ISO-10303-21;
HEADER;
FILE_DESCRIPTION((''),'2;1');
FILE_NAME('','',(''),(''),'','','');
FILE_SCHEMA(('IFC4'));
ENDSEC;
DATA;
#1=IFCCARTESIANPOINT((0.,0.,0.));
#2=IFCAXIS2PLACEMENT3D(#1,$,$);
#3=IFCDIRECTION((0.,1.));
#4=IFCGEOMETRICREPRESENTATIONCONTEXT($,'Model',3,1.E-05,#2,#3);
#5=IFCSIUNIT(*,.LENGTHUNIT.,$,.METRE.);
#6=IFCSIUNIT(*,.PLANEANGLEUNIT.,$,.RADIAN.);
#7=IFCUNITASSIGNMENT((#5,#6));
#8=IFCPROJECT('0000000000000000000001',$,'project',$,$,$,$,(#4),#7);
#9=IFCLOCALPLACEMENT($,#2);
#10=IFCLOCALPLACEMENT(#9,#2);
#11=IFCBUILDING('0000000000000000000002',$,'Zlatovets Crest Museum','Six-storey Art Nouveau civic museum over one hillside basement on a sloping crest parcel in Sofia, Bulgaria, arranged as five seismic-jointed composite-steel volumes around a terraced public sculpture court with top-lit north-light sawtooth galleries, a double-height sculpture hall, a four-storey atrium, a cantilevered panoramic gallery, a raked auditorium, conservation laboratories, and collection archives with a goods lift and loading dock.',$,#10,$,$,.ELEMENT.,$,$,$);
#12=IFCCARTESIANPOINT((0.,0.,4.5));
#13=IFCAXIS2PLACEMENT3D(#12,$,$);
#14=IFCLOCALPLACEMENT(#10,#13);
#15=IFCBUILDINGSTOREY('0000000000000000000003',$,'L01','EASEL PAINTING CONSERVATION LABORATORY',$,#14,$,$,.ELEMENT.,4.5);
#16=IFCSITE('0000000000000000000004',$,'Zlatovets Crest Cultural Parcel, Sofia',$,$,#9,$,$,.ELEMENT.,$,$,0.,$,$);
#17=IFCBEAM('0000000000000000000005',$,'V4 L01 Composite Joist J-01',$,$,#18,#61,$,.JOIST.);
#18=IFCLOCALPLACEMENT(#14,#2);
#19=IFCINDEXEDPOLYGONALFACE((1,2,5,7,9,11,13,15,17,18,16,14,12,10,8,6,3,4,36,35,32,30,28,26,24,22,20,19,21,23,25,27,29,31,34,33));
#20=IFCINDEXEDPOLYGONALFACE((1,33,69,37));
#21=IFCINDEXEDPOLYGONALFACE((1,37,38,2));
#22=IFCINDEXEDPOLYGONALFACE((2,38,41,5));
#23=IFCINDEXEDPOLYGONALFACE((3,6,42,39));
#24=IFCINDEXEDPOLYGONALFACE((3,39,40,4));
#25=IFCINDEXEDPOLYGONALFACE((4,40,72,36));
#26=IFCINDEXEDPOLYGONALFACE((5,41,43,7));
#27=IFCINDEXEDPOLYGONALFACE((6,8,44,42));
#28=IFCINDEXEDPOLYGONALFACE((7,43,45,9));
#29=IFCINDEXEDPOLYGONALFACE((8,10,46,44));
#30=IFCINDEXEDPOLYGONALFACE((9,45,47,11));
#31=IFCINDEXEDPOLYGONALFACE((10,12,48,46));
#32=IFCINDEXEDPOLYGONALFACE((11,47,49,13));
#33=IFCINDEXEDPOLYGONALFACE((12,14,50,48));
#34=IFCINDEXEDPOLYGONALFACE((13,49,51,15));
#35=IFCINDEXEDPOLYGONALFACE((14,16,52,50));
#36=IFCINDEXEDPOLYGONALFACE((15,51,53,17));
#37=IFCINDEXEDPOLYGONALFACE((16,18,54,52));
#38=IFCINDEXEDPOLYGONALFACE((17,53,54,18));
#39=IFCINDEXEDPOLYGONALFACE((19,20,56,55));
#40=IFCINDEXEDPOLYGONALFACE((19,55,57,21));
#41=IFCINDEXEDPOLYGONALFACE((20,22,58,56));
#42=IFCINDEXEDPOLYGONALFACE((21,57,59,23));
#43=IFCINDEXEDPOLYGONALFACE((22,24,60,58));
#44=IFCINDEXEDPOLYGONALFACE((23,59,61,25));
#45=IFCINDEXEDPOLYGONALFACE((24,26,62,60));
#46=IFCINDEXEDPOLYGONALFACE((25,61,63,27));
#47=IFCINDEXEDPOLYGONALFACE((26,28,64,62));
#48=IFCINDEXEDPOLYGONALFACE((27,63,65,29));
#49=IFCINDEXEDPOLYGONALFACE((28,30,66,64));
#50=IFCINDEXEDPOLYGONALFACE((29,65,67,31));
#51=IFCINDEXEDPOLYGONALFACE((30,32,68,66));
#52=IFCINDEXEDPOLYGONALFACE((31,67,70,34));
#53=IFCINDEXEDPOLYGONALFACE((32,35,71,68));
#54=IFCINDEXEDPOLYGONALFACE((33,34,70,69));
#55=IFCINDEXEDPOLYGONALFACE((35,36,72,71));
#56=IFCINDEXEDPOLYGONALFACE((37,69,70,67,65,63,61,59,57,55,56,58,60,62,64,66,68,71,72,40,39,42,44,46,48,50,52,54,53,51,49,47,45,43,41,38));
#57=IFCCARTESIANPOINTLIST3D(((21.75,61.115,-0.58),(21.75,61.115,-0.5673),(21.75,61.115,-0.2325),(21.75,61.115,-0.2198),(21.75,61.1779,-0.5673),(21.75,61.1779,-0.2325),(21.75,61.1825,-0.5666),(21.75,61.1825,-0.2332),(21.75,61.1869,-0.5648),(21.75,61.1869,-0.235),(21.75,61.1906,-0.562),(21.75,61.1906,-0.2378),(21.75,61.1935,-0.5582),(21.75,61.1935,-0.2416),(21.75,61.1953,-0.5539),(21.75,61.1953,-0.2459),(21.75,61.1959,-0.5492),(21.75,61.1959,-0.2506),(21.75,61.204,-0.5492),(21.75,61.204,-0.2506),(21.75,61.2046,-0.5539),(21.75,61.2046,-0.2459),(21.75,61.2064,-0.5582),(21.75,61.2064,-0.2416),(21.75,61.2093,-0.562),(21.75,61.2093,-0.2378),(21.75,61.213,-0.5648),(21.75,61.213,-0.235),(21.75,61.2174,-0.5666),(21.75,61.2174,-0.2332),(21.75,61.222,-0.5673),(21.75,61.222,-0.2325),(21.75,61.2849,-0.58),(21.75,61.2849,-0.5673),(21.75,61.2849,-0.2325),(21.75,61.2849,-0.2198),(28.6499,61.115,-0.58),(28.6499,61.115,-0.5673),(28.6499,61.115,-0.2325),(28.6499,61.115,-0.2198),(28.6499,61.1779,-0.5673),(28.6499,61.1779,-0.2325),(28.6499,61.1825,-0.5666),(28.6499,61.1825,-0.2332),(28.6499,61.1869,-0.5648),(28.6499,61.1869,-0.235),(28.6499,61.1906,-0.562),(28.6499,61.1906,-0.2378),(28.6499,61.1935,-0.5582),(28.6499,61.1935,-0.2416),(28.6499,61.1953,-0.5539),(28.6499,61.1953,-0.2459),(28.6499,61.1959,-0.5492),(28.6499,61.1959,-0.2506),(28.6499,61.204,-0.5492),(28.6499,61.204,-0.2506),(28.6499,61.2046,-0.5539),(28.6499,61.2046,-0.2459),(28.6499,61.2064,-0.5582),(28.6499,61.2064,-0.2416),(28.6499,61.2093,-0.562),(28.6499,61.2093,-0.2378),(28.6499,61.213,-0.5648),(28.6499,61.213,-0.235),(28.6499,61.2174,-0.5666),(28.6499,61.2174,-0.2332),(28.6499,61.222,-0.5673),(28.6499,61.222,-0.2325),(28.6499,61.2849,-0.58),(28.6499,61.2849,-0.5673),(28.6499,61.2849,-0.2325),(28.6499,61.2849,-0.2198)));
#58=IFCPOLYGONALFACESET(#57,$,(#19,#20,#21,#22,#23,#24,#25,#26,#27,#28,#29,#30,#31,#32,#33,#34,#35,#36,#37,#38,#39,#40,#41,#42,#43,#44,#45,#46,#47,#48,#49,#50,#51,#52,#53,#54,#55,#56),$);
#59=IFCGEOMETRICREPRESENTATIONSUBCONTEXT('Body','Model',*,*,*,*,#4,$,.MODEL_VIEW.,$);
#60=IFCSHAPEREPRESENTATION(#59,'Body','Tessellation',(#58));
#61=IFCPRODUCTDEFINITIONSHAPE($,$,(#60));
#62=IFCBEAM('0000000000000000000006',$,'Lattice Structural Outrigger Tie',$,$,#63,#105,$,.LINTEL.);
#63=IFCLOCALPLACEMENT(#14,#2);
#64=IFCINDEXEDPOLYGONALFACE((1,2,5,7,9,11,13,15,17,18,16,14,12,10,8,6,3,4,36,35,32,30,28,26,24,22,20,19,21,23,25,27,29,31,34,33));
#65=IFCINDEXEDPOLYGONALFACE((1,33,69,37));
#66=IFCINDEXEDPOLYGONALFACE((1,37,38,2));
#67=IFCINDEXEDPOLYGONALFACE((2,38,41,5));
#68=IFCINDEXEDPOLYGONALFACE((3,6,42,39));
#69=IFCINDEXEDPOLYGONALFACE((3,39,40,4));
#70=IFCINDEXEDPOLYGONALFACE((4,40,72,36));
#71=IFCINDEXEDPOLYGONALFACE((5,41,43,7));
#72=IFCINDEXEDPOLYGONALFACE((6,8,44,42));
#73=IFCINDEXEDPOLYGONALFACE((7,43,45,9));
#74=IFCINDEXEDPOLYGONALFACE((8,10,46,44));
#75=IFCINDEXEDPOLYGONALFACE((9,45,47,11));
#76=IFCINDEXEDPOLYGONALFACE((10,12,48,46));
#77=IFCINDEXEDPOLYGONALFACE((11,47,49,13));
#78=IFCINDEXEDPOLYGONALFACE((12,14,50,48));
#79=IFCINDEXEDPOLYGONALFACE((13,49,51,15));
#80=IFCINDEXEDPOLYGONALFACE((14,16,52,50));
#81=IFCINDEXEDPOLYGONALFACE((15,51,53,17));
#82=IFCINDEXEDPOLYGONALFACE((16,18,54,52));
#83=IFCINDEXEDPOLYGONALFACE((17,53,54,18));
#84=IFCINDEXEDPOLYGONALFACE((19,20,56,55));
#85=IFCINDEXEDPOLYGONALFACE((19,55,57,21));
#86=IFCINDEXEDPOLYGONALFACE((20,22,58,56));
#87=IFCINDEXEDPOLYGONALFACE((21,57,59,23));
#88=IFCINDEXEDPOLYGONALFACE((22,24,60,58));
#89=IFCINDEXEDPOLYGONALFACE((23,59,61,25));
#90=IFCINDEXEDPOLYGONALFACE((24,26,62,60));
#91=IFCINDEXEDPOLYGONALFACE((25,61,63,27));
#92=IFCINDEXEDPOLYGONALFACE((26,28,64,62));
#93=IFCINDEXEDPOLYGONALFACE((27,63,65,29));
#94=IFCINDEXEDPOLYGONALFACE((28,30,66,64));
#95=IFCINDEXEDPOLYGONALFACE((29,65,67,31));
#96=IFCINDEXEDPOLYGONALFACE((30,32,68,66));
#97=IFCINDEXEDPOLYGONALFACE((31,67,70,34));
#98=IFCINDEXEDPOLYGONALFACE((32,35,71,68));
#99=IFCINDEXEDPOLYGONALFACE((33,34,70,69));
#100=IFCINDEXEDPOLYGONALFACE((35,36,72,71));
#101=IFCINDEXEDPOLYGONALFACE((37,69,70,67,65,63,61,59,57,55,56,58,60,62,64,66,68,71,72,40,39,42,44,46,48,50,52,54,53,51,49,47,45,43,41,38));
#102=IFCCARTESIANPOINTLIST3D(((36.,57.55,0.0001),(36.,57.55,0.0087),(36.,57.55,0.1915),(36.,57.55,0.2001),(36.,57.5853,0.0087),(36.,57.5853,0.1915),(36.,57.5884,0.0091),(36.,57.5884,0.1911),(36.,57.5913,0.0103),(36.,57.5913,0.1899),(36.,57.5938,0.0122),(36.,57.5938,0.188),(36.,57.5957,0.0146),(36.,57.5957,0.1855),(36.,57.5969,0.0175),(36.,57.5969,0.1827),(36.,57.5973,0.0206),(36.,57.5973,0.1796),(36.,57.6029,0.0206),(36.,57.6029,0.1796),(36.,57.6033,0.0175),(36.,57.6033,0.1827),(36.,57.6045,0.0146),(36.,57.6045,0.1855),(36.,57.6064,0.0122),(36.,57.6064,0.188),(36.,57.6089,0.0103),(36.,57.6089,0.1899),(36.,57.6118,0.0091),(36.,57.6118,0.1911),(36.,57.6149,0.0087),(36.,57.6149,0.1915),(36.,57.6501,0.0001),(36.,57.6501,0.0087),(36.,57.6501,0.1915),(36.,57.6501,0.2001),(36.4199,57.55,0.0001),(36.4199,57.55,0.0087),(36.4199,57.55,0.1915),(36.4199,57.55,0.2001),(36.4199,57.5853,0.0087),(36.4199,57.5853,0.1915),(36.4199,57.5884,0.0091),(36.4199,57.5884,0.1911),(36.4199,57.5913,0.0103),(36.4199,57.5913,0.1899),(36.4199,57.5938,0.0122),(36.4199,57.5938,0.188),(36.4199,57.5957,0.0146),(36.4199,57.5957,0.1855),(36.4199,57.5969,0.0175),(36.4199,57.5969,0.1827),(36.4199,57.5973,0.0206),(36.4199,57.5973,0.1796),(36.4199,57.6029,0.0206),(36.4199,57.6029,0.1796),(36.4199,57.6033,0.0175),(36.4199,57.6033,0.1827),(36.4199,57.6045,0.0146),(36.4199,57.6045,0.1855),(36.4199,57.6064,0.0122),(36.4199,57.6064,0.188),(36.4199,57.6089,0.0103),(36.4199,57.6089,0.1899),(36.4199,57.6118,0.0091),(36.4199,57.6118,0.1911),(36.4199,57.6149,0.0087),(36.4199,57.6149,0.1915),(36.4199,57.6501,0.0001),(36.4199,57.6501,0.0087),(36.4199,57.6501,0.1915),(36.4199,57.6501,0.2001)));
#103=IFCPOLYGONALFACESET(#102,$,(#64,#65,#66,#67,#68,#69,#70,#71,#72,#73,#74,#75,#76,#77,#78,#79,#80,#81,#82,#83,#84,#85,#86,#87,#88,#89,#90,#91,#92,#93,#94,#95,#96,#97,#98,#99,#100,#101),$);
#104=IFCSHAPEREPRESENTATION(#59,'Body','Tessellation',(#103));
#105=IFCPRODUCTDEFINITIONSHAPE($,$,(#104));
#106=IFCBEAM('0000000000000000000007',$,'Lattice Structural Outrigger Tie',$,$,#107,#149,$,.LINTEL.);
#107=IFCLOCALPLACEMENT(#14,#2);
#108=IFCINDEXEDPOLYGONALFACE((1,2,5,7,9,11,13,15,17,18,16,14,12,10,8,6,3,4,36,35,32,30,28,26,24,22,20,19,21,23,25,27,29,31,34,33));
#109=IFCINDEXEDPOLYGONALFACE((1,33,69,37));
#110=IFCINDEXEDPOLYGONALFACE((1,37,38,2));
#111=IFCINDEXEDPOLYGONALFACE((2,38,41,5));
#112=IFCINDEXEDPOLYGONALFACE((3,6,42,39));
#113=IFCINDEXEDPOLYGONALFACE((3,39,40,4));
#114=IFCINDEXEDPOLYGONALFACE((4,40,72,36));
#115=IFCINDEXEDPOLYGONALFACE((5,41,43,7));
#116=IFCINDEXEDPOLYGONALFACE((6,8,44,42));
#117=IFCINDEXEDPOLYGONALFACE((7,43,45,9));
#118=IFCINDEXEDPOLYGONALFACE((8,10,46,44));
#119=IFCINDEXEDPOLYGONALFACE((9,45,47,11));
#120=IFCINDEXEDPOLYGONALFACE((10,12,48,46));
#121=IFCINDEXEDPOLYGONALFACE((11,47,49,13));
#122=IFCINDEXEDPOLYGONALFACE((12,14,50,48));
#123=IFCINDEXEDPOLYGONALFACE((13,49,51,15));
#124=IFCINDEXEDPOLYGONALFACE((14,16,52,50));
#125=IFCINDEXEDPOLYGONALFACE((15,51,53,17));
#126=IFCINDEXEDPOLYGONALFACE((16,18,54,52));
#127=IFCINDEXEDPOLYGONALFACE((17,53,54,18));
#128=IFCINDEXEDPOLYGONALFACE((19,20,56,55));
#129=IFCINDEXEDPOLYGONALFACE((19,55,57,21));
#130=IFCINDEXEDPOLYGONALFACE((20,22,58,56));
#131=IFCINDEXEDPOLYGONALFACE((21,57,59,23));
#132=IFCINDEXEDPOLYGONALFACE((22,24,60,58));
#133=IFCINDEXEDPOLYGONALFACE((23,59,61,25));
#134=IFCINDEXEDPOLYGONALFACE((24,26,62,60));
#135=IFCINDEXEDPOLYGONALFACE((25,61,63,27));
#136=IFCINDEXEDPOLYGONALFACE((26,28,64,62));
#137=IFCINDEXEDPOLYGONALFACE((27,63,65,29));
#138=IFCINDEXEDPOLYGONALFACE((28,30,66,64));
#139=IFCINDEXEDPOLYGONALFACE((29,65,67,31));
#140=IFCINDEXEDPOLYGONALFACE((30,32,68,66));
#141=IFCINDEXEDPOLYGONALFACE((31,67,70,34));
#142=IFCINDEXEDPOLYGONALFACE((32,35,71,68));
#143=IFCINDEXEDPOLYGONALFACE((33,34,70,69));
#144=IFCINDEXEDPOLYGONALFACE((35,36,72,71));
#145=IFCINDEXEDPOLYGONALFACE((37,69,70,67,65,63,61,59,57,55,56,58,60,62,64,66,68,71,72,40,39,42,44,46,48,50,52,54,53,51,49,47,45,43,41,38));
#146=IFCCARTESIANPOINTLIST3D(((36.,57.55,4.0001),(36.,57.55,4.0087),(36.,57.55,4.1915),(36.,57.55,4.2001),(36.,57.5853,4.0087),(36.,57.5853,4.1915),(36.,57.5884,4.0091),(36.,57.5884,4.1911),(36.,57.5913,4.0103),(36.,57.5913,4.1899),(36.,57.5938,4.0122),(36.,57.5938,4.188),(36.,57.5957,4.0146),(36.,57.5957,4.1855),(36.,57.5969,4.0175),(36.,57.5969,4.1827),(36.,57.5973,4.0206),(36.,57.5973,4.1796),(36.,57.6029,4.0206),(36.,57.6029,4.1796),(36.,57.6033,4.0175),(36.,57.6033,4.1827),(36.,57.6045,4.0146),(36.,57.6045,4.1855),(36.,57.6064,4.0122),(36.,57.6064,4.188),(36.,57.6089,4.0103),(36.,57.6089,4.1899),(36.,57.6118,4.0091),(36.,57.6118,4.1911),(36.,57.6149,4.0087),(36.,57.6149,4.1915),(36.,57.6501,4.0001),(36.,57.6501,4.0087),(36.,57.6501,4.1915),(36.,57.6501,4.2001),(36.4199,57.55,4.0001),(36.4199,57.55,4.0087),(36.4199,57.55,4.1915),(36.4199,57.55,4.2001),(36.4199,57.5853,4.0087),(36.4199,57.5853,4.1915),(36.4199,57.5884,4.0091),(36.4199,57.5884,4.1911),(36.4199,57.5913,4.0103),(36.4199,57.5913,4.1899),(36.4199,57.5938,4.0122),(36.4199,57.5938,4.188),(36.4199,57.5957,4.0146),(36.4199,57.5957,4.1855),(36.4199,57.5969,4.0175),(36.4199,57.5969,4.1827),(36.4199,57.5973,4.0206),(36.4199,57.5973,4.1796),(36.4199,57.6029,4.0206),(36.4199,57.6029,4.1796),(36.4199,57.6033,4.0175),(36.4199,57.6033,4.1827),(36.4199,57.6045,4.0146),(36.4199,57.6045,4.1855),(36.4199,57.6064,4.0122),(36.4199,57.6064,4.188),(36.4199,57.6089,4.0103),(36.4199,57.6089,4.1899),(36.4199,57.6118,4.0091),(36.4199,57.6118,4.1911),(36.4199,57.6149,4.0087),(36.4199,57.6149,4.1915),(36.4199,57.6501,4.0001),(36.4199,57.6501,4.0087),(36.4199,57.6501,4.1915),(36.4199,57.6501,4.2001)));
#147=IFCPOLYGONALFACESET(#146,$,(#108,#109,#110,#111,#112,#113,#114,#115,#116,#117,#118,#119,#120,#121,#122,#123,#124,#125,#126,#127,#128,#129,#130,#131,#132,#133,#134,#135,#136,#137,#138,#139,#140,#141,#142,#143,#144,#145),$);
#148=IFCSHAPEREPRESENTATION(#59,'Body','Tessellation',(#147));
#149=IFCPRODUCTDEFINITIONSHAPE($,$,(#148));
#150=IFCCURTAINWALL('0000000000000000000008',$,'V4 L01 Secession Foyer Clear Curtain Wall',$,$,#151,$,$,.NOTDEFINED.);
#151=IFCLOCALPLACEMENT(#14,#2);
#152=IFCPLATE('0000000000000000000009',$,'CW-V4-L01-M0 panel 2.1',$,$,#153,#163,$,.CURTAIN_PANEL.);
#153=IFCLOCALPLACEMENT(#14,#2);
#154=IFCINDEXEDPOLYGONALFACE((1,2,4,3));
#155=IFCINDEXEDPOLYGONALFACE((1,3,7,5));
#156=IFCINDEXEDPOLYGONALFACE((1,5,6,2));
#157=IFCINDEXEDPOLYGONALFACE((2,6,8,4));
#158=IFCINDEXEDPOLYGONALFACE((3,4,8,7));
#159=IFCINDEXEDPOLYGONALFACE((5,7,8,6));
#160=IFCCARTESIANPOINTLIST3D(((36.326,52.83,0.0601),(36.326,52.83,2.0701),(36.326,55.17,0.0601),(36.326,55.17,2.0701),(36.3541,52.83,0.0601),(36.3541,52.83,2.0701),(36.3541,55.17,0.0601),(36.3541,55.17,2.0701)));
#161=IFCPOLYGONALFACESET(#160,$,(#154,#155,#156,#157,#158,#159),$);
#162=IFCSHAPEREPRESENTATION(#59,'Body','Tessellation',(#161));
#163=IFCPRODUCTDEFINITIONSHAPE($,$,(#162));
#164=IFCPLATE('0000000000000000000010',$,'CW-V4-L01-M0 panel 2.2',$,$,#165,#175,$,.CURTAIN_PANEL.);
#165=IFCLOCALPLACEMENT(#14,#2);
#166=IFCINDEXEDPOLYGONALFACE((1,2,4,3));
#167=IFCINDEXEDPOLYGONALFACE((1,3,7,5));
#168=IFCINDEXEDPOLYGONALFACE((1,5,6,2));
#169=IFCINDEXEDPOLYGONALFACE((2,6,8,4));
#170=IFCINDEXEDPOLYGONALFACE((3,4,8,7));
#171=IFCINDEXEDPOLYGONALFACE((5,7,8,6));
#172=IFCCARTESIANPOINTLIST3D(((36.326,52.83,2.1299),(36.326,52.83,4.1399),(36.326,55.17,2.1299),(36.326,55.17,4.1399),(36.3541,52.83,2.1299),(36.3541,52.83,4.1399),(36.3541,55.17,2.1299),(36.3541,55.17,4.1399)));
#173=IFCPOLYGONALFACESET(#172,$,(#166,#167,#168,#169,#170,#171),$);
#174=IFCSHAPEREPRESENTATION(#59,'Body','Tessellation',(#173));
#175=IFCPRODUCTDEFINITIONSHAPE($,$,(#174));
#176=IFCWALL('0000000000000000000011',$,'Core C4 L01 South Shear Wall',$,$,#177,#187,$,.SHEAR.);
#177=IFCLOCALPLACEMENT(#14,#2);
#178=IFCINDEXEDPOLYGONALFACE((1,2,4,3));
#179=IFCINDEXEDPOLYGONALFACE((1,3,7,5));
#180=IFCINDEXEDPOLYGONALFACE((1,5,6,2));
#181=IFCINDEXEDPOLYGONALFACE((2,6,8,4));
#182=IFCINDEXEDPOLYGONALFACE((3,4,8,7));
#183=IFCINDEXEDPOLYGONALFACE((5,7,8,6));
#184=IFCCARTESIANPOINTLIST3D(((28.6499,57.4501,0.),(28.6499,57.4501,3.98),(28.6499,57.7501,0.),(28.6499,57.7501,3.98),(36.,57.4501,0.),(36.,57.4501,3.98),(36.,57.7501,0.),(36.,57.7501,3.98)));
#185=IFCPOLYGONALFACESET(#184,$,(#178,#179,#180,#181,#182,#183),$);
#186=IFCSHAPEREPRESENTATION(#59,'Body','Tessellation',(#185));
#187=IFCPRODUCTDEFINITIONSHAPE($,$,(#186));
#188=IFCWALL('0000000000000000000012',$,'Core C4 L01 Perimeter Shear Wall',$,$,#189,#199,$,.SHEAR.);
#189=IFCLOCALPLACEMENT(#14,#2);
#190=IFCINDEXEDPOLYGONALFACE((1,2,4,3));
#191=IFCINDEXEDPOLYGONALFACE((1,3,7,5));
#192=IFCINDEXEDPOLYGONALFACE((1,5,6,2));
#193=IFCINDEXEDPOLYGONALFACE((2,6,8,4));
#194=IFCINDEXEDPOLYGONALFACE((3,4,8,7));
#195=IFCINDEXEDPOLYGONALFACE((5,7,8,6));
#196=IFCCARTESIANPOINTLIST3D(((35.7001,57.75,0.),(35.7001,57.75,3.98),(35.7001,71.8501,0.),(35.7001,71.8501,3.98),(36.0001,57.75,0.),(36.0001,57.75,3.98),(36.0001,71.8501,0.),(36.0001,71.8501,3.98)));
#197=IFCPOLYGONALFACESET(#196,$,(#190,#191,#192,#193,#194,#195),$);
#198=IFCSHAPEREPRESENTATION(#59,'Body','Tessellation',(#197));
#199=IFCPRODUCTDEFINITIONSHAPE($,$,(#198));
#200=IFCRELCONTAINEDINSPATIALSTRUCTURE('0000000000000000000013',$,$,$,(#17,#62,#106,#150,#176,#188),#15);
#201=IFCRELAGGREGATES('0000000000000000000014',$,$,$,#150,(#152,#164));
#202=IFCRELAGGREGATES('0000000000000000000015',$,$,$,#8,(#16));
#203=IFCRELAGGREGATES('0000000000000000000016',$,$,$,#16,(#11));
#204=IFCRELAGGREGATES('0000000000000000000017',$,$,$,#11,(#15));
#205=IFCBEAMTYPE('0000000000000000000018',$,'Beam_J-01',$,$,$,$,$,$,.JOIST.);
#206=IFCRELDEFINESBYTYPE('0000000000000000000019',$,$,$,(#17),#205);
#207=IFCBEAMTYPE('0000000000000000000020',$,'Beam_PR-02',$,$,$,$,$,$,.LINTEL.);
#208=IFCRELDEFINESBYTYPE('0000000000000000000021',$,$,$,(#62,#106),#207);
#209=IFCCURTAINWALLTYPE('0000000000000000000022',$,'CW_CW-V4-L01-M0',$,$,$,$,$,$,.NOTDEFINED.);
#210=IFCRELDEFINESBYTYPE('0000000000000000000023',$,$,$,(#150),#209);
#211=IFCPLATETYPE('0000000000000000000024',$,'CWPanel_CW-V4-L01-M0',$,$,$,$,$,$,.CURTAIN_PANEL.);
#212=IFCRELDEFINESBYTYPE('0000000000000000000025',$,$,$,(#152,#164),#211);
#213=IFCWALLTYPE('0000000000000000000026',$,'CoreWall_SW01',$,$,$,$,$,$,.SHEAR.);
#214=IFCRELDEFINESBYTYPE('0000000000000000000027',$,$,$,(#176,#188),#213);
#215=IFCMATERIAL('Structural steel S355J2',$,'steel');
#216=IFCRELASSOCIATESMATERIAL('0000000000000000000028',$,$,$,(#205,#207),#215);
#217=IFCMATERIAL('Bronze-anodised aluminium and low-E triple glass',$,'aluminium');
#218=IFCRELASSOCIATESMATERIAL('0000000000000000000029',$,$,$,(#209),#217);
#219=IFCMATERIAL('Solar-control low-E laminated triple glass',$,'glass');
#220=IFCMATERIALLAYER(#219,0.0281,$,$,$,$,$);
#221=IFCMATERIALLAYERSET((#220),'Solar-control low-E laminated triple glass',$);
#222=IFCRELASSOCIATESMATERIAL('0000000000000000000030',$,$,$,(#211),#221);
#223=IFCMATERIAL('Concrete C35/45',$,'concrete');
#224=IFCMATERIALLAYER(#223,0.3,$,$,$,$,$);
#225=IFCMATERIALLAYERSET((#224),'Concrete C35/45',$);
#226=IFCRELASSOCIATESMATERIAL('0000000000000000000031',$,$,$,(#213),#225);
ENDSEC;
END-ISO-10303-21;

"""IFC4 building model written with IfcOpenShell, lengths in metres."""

from ifc_helpers import new_model, si_unit, direction, frame, frame_2d, origin, origin_2d, place, context, subcontext, project, spatial, rectangle, i_section, extrude, material, layer, layer_set, material_profile, profile_set, type_object, element, aggregate, save


model = new_model("IFC4")

# Units and contexts
model_context = context("Model", 3, precision=1e-05, world=origin(), true_north=direction((0.0, 1.0)))
body_context = subcontext(model_context, "Body", "Model", "MODEL_VIEW")
ifc_project = project(units=[si_unit("LENGTHUNIT", "METRE"), si_unit("PLANEANGLEUNIT", "RADIAN")], contexts=[model_context])

# Site, building, storey
site_placement = place(None, origin())
site = spatial("IfcSite", under=ifc_project, at=site_placement, Name="Zlatovets Crest Cultural Parcel, Sofia", CompositionType="ELEMENT", RefElevation=0.0)
building_placement = place(site_placement, origin())
building = spatial("IfcBuilding", under=site, at=building_placement, Name="Zlatovets Crest Museum", Description="Six-storey Art Nouveau civic museum over one hillside basement on a sloping crest parcel in Sofia, Bulgaria, arranged as five seismic-jointed composite-steel volumes around a terraced public sculpture court with top-lit north-light sawtooth galleries, a double-height sculpture hall, a four-storey atrium, a cantilevered panoramic gallery, a raked auditorium, conservation laboratories, and collection archives with a goods lift and loading dock.", CompositionType="ELEMENT")
storey_placement = place(building_placement, frame((0.0, 0.0, 4.5)))
storey = spatial("IfcBuildingStorey", under=building, at=storey_placement, Name="L01", Description="EASEL PAINTING CONSERVATION LABORATORY", CompositionType="ELEMENT", Elevation=4.5)

# Shared definitions
ifc_material_1 = material(Name="Structural steel S355J2", Category="steel")

# Beams
ifc_material_profile_1 = material_profile(ifc_material_1, i_section(OverallWidth=0.1699, OverallDepth=0.3601, WebThickness=0.0081, FlangeThickness=0.0127, FilletRadius=0.0181, at=origin_2d()), Name="IPE 360")
ifc_profile_set_1 = profile_set([ifc_material_profile_1], Name="Structural steel S355J2")
beam_type_1 = type_object("IfcBeamType", Name="Beam_J-01", PredefinedType="JOIST", material=ifc_profile_set_1)
beam_placement = place(storey_placement, frame((21.75, 61.2, -0.3999), z_axis=(1.0, 0.0, 0.0), x_axis=(0.0, 1.0, 0.0)))
element("IfcBeam", 1, at=beam_placement, inside=storey, type_object=beam_type_1, Name="V4 L01 Composite Joist J-01", PredefinedType="JOIST", context=body_context, shape_type="SweptSolid", body=[
    extrude(i_section(OverallWidth=0.1699, OverallDepth=0.3601, WebThickness=0.0081, FlangeThickness=0.0127, FilletRadius=0.0181, at=origin_2d()), origin(), (0.0, 0.0, 1.0), 6.8999),
])
ifc_material_profile_2 = material_profile(ifc_material_1, i_section(OverallWidth=0.1001, OverallDepth=0.2, WebThickness=0.0056, FlangeThickness=0.0085, FilletRadius=0.012, at=origin_2d()), Name="IPE 200")
ifc_profile_set_2 = profile_set([ifc_material_profile_2], Name="Structural steel S355J2")
beam_type_2 = type_object("IfcBeamType", Name="Beam_PR-02", PredefinedType="LINTEL", material=ifc_profile_set_2)
for number, where, z_axis, x_axis, name in (
    (2, (36.0, 57.6001, 0.1001), (1.0, 0.0, 0.0), (0.0, 1.0, 0.0), "Lattice Structural Outrigger Tie"),
    (3, (36.0, 57.6001, 4.1001), (1.0, 0.0, 0.0), (0.0, 1.0, 0.0), "Lattice Structural Outrigger Tie"),
):
    element("IfcBeam", number, at=place(storey_placement, frame(where, z_axis=z_axis, x_axis=x_axis)), inside=storey, type_object=beam_type_2, Name=name, PredefinedType="LINTEL", context=body_context, shape_type="SweptSolid", body=[
        extrude(i_section(OverallWidth=0.1001, OverallDepth=0.2, WebThickness=0.0056, FlangeThickness=0.0085, FilletRadius=0.012, at=origin_2d()), origin(), (0.0, 0.0, 1.0), 0.4199),
    ])

# Curtain wall, plates
ifc_material_2 = material(Name="Bronze-anodised aluminium and low-E triple glass", Category="aluminium")
curtain_wall_type = type_object("IfcCurtainWallType", Name="CW_CW-V4-L01-M0", PredefinedType="NOTDEFINED", material=ifc_material_2)
curtain_wall_placement = place(storey_placement, origin())
curtain_wall = element("IfcCurtainWall", 4, at=curtain_wall_placement, inside=storey, type_object=curtain_wall_type, Name="V4 L01 Secession Foyer Clear Curtain Wall", PredefinedType="NOTDEFINED")
ifc_material_3 = material(Name="Solar-control low-E laminated triple glass", Category="glass")
ifc_layer_1 = layer(ifc_material_3, 0.0281)
ifc_layer_set_1 = layer_set([ifc_layer_1], Name="Solar-control low-E laminated triple glass")
plate_type = type_object("IfcPlateType", Name="CWPanel_CW-V4-L01-M0", PredefinedType="CURTAIN_PANEL", material=ifc_layer_set_1)
plate_1_placement = place(storey_placement, frame((36.3401, 54.0, 0.0601), z_axis=(0.0, 0.0, 1.0), x_axis=(0.0, 1.0, 0.0)))
plate_1 = element("IfcPlate", 5, at=plate_1_placement, type_object=plate_type, Name="CW-V4-L01-M0 panel 2.1", PredefinedType="CURTAIN_PANEL", context=body_context, shape_type="SweptSolid", body=[
    extrude(rectangle(XDim=2.3401, YDim=0.0281, at=origin_2d()), origin(), (0.0, 0.0, 1.0), 2.01),
])
plate_2_placement = place(storey_placement, frame((36.3401, 54.0, 2.1299), z_axis=(0.0, 0.0, 1.0), x_axis=(0.0, 1.0, 0.0)))
plate_2 = element("IfcPlate", 6, at=plate_2_placement, type_object=plate_type, Name="CW-V4-L01-M0 panel 2.2", PredefinedType="CURTAIN_PANEL", context=body_context, shape_type="SweptSolid", body=[
    extrude(rectangle(XDim=2.3401, YDim=0.0281, at=origin_2d()), origin(), (0.0, 0.0, 1.0), 2.01),
])
aggregate(curtain_wall, [plate_1, plate_2])

# Walls
ifc_material_4 = material(Name="Concrete C35/45", Category="concrete")
ifc_layer_2 = layer(ifc_material_4, 0.3)
ifc_layer_set_2 = layer_set([ifc_layer_2], Name="Concrete C35/45")
wall_type_1 = type_object("IfcWallType", Name="CoreWall_SW01", PredefinedType="SHEAR", material=ifc_layer_set_2)
wall_1_placement = place(storey_placement, frame((28.6499, 57.6001, 0.0), z_axis=(0.0, 0.0, 1.0), x_axis=(1.0, 0.0, 0.0)))
element("IfcWall", 7, at=wall_1_placement, inside=storey, type_object=wall_type_1, Name="Core C4 L01 South Shear Wall", PredefinedType="SHEAR", context=body_context, shape_type="SweptSolid", body=[
    extrude(rectangle(XDim=7.3501, YDim=0.3, at=frame_2d((3.675, 0.0))), origin(), (0.0, 0.0, 1.0), 3.98),
])
wall_2_placement = place(storey_placement, frame((35.8501, 57.75, 0.0), z_axis=(0.0, 0.0, 1.0), x_axis=(0.0, 1.0, 0.0)))
element("IfcWall", 8, at=wall_2_placement, inside=storey, type_object=wall_type_1, Name="Core C4 L01 Perimeter Shear Wall", PredefinedType="SHEAR", context=body_context, shape_type="SweptSolid", body=[
    extrude(rectangle(XDim=14.1001, YDim=0.3, at=frame_2d((7.05, 0.0))), origin(), (0.0, 0.0, 1.0), 3.98),
])

save(model, "model.ifc")
